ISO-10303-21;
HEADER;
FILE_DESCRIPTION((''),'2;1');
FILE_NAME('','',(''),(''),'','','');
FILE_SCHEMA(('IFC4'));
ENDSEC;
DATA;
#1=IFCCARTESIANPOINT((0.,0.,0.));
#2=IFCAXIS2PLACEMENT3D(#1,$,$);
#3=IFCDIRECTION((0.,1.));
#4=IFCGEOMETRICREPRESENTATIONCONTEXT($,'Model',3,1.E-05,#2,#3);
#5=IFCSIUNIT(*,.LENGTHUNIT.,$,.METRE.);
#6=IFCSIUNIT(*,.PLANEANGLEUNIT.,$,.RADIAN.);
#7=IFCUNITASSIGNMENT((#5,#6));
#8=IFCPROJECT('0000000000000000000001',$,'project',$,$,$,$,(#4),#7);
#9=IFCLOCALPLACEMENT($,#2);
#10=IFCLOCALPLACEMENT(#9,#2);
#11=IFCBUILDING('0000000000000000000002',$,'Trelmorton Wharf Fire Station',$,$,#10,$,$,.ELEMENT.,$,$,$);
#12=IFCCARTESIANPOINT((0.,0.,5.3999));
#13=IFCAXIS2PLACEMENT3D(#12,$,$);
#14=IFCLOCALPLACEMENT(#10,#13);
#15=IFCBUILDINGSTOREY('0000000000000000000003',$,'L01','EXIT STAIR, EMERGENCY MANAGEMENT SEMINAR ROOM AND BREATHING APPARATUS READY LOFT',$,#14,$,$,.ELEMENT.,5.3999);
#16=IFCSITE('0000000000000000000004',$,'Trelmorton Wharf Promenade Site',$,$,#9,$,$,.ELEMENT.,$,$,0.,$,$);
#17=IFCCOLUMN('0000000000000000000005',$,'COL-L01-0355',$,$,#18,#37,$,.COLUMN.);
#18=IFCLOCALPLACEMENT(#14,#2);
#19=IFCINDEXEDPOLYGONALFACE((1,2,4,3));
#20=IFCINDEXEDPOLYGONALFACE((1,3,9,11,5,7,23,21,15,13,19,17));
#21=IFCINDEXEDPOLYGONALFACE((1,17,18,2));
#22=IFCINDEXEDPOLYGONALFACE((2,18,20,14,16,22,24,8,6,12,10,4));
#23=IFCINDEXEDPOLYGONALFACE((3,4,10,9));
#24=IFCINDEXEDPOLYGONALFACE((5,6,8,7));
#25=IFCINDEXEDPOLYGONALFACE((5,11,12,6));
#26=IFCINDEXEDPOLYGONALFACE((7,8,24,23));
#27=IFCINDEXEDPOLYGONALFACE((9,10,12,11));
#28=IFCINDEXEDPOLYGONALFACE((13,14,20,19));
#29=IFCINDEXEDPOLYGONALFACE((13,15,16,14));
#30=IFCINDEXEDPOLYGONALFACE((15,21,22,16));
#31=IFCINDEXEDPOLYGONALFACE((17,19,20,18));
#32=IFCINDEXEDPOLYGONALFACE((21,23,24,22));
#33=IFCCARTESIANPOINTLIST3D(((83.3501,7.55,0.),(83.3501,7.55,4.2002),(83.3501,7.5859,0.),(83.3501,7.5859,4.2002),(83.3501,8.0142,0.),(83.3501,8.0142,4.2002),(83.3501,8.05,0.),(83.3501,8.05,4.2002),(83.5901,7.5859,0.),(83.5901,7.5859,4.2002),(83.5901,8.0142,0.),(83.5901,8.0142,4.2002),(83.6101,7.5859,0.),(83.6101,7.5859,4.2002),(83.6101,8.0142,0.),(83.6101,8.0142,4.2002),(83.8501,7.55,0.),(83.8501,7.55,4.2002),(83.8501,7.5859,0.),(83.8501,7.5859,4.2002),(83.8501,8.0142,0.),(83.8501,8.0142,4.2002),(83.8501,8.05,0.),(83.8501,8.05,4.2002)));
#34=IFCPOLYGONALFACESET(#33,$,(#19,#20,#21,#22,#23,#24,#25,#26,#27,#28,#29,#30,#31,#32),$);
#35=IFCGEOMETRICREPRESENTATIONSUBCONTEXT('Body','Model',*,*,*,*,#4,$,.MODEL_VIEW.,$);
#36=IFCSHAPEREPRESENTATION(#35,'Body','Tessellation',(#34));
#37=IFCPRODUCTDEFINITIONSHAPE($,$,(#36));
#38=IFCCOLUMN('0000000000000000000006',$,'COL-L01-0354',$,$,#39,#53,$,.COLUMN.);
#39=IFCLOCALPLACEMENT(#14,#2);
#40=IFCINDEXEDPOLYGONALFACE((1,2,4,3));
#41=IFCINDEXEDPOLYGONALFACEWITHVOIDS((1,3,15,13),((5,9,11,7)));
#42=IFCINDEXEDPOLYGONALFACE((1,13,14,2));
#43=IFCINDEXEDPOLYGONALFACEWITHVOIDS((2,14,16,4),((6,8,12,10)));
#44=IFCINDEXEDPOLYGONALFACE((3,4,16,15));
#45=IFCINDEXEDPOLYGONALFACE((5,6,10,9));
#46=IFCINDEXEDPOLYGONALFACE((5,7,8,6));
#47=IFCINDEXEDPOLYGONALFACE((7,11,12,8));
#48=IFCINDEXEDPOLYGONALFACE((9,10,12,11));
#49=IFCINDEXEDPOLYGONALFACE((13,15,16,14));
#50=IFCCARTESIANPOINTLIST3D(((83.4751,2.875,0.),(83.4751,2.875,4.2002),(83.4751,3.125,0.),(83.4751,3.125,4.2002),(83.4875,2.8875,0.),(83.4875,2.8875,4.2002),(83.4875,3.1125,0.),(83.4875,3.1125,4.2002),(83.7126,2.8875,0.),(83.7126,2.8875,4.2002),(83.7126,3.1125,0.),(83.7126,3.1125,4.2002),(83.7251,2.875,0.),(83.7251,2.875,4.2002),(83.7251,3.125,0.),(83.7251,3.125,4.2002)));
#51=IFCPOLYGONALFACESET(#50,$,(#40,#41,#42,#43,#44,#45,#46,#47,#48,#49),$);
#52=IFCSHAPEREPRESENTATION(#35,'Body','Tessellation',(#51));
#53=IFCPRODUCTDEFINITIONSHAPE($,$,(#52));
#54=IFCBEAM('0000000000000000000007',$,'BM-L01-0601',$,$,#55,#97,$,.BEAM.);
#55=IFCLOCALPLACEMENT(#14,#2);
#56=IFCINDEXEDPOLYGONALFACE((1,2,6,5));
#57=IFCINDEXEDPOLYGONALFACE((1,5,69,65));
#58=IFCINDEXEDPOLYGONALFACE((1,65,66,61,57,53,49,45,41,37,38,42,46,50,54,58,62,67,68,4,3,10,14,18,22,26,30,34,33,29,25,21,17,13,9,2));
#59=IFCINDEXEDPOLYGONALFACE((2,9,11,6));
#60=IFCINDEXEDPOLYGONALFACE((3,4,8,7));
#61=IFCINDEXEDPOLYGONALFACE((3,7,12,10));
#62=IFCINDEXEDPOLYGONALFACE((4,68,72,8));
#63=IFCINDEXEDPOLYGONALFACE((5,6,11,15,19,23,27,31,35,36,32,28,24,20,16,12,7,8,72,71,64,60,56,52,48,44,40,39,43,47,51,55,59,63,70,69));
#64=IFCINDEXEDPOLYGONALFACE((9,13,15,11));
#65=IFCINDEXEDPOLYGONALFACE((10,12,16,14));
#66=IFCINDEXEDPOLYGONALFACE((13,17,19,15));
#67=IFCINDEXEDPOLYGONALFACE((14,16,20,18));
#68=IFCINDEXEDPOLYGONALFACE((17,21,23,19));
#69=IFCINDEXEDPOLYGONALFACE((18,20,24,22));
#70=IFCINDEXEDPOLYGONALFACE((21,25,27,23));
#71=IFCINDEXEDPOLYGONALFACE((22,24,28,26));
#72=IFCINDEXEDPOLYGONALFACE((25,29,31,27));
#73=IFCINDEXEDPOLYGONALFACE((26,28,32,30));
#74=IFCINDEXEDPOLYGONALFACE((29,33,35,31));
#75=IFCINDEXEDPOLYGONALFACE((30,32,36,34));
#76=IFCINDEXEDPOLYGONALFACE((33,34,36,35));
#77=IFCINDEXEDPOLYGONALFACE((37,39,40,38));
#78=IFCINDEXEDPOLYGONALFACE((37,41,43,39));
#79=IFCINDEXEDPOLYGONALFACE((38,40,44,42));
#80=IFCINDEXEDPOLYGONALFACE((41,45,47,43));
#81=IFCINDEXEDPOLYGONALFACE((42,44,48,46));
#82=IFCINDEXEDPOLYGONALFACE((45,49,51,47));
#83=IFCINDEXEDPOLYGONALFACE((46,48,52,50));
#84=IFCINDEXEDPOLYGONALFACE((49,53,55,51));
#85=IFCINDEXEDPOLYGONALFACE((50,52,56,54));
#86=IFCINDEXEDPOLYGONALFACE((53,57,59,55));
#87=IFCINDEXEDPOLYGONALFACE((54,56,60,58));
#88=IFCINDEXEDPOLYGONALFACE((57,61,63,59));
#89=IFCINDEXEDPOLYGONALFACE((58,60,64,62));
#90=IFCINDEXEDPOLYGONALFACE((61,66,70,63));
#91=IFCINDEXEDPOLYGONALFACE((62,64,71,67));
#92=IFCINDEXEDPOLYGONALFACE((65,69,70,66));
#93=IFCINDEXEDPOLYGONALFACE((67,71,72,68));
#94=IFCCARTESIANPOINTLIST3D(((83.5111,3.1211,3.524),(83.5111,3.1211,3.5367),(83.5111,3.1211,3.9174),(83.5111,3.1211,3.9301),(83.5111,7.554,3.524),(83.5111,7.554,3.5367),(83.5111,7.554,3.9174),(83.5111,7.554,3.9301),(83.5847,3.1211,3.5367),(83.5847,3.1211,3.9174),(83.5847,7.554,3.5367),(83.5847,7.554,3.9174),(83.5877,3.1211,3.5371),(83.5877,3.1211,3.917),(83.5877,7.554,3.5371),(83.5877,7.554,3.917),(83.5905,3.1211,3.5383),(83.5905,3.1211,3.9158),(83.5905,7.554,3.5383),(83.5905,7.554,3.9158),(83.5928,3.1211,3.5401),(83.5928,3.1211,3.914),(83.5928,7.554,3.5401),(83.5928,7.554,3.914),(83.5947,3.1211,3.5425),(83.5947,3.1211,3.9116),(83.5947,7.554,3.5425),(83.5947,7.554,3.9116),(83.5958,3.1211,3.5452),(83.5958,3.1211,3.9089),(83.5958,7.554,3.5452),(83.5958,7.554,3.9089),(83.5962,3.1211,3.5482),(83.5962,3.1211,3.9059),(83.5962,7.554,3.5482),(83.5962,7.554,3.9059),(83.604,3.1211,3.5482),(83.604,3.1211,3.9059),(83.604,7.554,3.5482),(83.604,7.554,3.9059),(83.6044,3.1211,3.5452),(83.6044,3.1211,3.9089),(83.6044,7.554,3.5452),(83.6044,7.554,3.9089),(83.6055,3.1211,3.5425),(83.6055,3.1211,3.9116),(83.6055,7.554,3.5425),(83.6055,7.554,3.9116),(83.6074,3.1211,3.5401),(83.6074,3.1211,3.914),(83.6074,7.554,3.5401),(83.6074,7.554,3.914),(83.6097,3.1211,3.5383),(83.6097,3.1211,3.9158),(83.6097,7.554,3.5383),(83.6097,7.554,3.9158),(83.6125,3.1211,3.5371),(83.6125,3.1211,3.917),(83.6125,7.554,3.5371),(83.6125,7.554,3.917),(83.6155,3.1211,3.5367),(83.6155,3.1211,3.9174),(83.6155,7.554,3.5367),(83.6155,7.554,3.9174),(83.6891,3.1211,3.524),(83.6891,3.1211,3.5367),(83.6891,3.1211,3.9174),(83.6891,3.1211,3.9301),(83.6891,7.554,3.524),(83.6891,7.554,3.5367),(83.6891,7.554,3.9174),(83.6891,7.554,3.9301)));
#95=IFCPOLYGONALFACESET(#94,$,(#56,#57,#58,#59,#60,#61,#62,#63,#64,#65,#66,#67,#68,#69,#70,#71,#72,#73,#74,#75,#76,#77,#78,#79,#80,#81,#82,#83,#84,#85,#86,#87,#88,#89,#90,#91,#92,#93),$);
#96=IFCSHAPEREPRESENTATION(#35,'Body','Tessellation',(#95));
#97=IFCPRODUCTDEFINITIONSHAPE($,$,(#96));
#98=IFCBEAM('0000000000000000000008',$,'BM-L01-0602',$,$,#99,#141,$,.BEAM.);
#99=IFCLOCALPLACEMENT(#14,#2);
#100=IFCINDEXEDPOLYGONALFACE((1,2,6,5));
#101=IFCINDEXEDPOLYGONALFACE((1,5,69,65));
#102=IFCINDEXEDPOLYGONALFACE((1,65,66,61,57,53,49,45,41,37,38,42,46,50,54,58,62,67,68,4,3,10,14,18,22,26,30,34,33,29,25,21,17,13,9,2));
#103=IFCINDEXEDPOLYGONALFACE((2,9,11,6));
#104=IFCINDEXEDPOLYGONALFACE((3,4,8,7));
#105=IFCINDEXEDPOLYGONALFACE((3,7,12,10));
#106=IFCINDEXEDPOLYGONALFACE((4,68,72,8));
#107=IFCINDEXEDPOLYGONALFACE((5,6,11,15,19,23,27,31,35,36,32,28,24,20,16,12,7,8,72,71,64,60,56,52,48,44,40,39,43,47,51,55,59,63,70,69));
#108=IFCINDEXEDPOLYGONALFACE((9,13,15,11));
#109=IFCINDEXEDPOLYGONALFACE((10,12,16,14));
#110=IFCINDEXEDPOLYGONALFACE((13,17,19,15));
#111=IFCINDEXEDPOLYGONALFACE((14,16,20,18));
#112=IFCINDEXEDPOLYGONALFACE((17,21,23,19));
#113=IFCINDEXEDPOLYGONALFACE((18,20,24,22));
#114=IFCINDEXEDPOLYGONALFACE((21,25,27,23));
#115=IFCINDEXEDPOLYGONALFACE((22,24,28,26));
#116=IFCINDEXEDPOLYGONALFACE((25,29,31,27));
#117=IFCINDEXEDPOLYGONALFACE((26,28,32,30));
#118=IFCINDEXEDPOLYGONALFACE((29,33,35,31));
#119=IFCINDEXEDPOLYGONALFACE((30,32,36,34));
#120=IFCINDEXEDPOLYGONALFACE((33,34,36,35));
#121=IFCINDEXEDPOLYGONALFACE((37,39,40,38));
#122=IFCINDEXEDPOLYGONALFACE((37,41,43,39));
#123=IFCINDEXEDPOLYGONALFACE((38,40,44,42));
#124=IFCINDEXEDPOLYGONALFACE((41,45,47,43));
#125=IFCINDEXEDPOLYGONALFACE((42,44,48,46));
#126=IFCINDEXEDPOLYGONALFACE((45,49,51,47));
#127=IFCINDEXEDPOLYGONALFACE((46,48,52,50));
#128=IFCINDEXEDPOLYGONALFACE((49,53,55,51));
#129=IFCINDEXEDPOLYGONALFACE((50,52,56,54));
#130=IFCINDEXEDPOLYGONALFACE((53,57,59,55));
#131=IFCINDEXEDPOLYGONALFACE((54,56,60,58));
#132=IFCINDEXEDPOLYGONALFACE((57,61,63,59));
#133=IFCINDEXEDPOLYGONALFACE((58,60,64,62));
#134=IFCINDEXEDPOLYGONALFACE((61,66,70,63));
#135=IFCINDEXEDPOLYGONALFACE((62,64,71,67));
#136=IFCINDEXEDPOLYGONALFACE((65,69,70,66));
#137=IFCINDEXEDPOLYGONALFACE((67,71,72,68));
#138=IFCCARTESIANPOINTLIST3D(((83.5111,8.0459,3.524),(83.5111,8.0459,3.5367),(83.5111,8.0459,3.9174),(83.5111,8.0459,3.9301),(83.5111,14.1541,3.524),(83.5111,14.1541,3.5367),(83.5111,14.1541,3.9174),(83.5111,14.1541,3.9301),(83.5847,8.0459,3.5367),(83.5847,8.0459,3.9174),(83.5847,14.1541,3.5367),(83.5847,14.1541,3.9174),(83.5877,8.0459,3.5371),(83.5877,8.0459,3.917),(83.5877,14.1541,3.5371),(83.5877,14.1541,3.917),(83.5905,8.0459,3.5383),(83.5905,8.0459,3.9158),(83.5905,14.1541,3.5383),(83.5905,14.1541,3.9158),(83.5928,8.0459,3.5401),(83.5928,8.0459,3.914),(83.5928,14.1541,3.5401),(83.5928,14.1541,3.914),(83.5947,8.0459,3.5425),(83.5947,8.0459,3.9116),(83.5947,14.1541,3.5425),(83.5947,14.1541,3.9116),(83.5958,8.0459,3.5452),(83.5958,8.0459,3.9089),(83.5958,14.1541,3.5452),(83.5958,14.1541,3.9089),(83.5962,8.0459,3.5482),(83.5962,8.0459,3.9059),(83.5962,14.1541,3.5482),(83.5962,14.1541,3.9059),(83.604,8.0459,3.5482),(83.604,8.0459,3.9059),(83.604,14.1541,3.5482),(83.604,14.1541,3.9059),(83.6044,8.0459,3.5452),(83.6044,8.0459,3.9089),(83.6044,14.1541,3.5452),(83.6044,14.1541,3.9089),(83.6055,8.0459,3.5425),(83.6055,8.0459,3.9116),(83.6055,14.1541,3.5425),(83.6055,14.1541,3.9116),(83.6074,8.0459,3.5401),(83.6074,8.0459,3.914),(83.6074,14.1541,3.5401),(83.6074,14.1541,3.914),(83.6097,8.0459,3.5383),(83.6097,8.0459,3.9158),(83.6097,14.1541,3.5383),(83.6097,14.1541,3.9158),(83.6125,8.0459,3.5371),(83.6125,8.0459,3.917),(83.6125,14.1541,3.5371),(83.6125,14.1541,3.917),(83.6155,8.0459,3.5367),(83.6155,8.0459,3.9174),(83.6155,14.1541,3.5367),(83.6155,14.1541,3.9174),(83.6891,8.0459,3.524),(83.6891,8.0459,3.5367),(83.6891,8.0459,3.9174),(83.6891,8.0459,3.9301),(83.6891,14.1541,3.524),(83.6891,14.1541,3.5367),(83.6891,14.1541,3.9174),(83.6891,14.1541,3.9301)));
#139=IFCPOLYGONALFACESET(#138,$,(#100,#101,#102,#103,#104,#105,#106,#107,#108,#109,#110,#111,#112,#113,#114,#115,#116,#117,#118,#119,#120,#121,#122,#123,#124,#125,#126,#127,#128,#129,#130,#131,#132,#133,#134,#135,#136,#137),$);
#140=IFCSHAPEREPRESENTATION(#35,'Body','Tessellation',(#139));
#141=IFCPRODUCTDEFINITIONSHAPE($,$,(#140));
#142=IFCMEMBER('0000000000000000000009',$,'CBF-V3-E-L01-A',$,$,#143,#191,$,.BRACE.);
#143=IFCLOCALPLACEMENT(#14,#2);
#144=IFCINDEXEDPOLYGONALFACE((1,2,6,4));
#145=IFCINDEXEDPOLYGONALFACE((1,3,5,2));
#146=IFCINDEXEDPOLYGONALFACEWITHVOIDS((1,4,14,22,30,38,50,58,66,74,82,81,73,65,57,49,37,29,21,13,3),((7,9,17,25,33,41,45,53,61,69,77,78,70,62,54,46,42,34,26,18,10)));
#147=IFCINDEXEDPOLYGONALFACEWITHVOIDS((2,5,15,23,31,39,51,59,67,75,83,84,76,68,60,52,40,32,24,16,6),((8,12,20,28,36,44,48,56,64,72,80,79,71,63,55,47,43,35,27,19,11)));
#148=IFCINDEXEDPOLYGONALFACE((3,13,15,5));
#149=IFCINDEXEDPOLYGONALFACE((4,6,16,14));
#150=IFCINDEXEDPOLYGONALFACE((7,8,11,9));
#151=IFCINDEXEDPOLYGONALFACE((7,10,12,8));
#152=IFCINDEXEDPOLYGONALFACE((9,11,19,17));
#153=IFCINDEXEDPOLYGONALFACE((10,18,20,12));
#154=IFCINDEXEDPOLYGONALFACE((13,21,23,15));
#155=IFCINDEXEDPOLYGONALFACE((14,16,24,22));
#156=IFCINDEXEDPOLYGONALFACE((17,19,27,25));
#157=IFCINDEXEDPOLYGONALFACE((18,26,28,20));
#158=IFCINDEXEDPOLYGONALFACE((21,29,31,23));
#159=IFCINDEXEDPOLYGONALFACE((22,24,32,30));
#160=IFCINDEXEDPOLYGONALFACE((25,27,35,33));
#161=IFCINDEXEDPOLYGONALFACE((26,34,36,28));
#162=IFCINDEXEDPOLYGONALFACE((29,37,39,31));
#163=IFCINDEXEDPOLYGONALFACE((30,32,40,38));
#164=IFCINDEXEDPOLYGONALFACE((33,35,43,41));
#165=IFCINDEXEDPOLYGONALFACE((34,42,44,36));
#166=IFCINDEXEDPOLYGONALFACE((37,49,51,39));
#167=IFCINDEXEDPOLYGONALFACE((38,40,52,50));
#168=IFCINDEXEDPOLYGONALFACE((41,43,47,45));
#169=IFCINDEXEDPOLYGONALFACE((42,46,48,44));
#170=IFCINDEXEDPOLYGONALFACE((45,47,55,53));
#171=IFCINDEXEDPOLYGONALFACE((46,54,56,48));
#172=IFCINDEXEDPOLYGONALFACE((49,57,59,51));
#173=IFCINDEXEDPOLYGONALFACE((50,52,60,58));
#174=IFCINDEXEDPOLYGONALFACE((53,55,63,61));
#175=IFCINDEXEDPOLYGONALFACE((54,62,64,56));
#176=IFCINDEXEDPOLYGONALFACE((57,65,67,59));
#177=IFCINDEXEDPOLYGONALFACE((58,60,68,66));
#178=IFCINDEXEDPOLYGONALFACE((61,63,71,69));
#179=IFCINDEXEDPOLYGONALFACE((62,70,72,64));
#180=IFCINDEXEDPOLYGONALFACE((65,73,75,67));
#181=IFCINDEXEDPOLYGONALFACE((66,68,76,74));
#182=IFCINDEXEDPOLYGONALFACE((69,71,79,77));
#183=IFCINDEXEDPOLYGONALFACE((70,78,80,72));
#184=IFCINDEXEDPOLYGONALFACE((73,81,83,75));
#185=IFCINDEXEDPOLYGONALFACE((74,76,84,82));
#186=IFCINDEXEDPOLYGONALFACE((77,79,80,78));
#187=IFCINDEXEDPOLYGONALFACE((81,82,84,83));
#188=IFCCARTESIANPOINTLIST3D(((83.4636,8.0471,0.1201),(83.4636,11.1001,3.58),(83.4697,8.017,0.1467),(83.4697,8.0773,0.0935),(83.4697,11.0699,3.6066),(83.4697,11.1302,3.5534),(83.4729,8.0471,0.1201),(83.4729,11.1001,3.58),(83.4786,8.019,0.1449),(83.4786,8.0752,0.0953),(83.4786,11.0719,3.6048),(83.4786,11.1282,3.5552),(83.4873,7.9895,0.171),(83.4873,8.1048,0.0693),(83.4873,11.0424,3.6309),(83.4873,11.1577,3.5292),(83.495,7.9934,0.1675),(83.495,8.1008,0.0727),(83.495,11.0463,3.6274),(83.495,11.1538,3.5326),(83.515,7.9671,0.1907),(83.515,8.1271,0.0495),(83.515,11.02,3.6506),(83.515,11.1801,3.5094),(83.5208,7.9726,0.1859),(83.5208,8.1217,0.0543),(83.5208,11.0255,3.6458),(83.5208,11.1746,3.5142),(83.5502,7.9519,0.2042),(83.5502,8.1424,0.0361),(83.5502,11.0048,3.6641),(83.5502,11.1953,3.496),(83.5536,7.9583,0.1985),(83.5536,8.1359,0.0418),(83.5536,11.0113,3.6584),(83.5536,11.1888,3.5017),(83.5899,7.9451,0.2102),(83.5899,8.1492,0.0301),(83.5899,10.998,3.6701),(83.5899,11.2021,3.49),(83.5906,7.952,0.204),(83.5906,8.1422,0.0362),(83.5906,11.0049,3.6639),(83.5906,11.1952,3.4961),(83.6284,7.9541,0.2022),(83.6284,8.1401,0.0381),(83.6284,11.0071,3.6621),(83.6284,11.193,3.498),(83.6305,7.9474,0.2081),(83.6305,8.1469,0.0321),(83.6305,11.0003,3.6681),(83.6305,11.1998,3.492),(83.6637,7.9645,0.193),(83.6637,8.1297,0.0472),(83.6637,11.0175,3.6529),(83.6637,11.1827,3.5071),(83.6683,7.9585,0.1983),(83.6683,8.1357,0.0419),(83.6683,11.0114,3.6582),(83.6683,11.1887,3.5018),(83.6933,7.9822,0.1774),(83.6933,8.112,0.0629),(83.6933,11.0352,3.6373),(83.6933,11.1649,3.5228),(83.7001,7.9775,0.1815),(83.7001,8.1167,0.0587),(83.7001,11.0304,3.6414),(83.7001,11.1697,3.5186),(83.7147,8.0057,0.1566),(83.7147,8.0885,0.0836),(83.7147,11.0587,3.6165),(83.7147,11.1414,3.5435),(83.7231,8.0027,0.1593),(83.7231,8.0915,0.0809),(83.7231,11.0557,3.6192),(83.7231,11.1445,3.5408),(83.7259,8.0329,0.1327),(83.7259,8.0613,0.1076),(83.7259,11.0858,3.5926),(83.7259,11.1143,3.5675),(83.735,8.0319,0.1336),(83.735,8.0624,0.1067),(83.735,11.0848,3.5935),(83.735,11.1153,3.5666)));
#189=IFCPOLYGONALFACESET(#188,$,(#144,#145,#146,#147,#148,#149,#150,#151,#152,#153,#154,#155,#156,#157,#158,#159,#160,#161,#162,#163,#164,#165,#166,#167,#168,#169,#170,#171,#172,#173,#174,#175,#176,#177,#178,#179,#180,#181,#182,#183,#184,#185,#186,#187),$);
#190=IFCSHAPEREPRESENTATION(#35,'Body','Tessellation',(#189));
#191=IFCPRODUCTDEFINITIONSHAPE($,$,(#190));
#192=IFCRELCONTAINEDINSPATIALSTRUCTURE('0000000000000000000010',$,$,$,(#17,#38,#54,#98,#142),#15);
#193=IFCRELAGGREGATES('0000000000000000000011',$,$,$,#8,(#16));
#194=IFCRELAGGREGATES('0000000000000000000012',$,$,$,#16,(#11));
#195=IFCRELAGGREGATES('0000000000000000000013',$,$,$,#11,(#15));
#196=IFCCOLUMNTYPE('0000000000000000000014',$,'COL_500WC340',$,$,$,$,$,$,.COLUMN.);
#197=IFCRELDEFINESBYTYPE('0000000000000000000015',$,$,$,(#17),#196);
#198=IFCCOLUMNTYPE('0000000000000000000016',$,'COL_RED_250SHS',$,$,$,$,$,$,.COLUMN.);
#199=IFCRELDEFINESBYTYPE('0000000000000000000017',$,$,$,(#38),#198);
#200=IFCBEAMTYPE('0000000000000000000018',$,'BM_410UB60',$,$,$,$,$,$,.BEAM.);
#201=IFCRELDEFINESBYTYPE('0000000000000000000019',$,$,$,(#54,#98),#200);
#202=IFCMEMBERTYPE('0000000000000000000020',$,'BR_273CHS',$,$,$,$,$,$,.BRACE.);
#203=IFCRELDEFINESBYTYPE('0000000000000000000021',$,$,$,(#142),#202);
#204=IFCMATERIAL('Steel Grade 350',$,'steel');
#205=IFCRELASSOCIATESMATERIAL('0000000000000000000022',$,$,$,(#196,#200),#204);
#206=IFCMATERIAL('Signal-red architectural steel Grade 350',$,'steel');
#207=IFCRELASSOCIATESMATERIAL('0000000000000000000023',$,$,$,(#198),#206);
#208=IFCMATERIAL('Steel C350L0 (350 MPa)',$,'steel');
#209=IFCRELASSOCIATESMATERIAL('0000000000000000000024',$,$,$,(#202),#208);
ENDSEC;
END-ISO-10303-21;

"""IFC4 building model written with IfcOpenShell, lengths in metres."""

from ifc_helpers import new_model, si_unit, direction, frame, origin, origin_2d, place, context, subcontext, project, spatial, hollow_rectangle, hollow_circle, i_section, extrude, material, material_profile, profile_set, type_object, element, save


model = new_model("IFC4")

# Units and contexts
model_context = context("Model", 3, precision=1e-05, world=origin(), true_north=direction((0.0, 1.0)))
body_context = subcontext(model_context, "Body", "Model", "MODEL_VIEW")
ifc_project = project(units=[si_unit("LENGTHUNIT", "METRE"), si_unit("PLANEANGLEUNIT", "RADIAN")], contexts=[model_context])

# Site, building, storey
site_placement = place(None, origin())
site = spatial("IfcSite", under=ifc_project, at=site_placement, Name="Trelmorton Wharf Promenade Site", CompositionType="ELEMENT", RefElevation=0.0)
building_placement = place(site_placement, origin())
building = spatial("IfcBuilding", under=site, at=building_placement, Name="Trelmorton Wharf Fire Station", CompositionType="ELEMENT")
storey_placement = place(building_placement, frame((0.0, 0.0, 5.3999)))
storey = spatial("IfcBuildingStorey", under=building, at=storey_placement, Name="L01", Description="EXIT STAIR, EMERGENCY MANAGEMENT SEMINAR ROOM AND BREATHING APPARATUS READY LOFT", CompositionType="ELEMENT", Elevation=5.3999)

# Columns
ifc_material_1 = material(Name="Steel Grade 350", Category="steel")
ifc_material_profile_1 = material_profile(ifc_material_1, i_section(OverallWidth=0.5, OverallDepth=0.5, WebThickness=0.02, FlangeThickness=0.0359, at=origin_2d()), Name="500WC340")
ifc_profile_set_1 = profile_set([ifc_material_profile_1], Name="Steel Grade 350")
column_type_1 = type_object("IfcColumnType", Name="COL_500WC340", PredefinedType="COLUMN", material=ifc_profile_set_1)
column_1_placement = place(storey_placement, frame((83.6001, 7.8, 0.0), z_axis=(0.0, 0.0, 1.0), x_axis=(1.0, 0.0, 0.0)))
element("IfcColumn", 1, at=column_1_placement, inside=storey, type_object=column_type_1, Name="COL-L01-0355", PredefinedType="COLUMN", context=body_context, shape_type="SweptSolid", body=[
    extrude(i_section(OverallWidth=0.5, OverallDepth=0.5, WebThickness=0.02, FlangeThickness=0.0359, at=origin_2d()), origin(), (0.0, 0.0, 1.0), 4.2002),
])
ifc_material_2 = material(Name="Signal-red architectural steel Grade 350", Category="steel")
ifc_material_profile_2 = material_profile(ifc_material_2, hollow_rectangle(XDim=0.25, YDim=0.25, WallThickness=0.0125, at=origin_2d()), Name="250x250x12.5SHS")
ifc_profile_set_2 = profile_set([ifc_material_profile_2], Name="Signal-red architectural steel Grade 350")
column_type_2 = type_object("IfcColumnType", Name="COL_RED_250SHS", PredefinedType="COLUMN", material=ifc_profile_set_2)
column_2_placement = place(storey_placement, frame((83.6001, 3.0, 0.0), z_axis=(0.0, 0.0, 1.0), x_axis=(1.0, 0.0, 0.0)))
element("IfcColumn", 2, at=column_2_placement, inside=storey, type_object=column_type_2, Name="COL-L01-0354", PredefinedType="COLUMN", context=body_context, shape_type="SweptSolid", body=[
    extrude(hollow_rectangle(XDim=0.25, YDim=0.25, WallThickness=0.0125, at=origin_2d()), origin(), (0.0, 0.0, 1.0), 4.2002),
])

# Beams
ifc_material_profile_3 = material_profile(ifc_material_1, i_section(OverallWidth=0.178, OverallDepth=0.406, WebThickness=0.0078, FlangeThickness=0.0127, FilletRadius=0.0115, at=origin_2d()), Name="410UB59.7")
ifc_profile_set_3 = profile_set([ifc_material_profile_3], Name="Steel Grade 350")
beam_type = type_object("IfcBeamType", Name="BM_410UB60", PredefinedType="BEAM", material=ifc_profile_set_3)
beam_1_placement = place(storey_placement, frame((83.6001, 3.1211, 3.7271), z_axis=(0.0, 1.0, 0.0), x_axis=(-1.0, 0.0, 0.0)))
element("IfcBeam", 3, at=beam_1_placement, inside=storey, type_object=beam_type, Name="BM-L01-0601", PredefinedType="BEAM", context=body_context, shape_type="SweptSolid", body=[
    extrude(i_section(OverallWidth=0.178, OverallDepth=0.406, WebThickness=0.0078, FlangeThickness=0.0127, FilletRadius=0.0115, at=origin_2d()), origin(), (0.0, 0.0, 1.0), 4.4329),
])
beam_2_placement = place(storey_placement, frame((83.6001, 8.0459, 3.7271), z_axis=(0.0, 1.0, 0.0), x_axis=(-1.0, 0.0, 0.0)))
element("IfcBeam", 4, at=beam_2_placement, inside=storey, type_object=beam_type, Name="BM-L01-0602", PredefinedType="BEAM", context=body_context, shape_type="SweptSolid", body=[
    extrude(i_section(OverallWidth=0.178, OverallDepth=0.406, WebThickness=0.0078, FlangeThickness=0.0127, FilletRadius=0.0115, at=origin_2d()), origin(), (0.0, 0.0, 1.0), 6.1082),
])

# Member
ifc_material_3 = material(Name="Steel C350L0 (350 MPa)", Category="steel")
ifc_material_profile_4 = material_profile(ifc_material_3, hollow_circle(Radius=0.1365, WallThickness=0.0093, at=origin_2d()), Name="273.1x9.3CHS")
ifc_profile_set_4 = profile_set([ifc_material_profile_4], Name="Steel C350L0 (350 MPa)")
member_type_1 = type_object("IfcMemberType", Name="BR_273CHS", PredefinedType="BRACE", material=ifc_profile_set_4)
for number, where, z_axis, x_axis, name in (
    (5, (83.6001, 8.0471, 0.1201), (0.0, 0.66163, 0.74983), (-1.0, 0.0, 0.0), "CBF-V3-E-L01-A"),
):
    element("IfcMember", number, at=place(storey_placement, frame(where, z_axis=z_axis, x_axis=x_axis)), inside=storey, type_object=member_type_1, Name=name, PredefinedType="BRACE", context=body_context, shape_type="SweptSolid", body=[
        extrude(hollow_circle(Radius=0.1365, WallThickness=0.0093, at=origin_2d()), origin(), (0.0, 0.0, 1.0), 4.6143),
    ])

save(model, "model.ifc")
